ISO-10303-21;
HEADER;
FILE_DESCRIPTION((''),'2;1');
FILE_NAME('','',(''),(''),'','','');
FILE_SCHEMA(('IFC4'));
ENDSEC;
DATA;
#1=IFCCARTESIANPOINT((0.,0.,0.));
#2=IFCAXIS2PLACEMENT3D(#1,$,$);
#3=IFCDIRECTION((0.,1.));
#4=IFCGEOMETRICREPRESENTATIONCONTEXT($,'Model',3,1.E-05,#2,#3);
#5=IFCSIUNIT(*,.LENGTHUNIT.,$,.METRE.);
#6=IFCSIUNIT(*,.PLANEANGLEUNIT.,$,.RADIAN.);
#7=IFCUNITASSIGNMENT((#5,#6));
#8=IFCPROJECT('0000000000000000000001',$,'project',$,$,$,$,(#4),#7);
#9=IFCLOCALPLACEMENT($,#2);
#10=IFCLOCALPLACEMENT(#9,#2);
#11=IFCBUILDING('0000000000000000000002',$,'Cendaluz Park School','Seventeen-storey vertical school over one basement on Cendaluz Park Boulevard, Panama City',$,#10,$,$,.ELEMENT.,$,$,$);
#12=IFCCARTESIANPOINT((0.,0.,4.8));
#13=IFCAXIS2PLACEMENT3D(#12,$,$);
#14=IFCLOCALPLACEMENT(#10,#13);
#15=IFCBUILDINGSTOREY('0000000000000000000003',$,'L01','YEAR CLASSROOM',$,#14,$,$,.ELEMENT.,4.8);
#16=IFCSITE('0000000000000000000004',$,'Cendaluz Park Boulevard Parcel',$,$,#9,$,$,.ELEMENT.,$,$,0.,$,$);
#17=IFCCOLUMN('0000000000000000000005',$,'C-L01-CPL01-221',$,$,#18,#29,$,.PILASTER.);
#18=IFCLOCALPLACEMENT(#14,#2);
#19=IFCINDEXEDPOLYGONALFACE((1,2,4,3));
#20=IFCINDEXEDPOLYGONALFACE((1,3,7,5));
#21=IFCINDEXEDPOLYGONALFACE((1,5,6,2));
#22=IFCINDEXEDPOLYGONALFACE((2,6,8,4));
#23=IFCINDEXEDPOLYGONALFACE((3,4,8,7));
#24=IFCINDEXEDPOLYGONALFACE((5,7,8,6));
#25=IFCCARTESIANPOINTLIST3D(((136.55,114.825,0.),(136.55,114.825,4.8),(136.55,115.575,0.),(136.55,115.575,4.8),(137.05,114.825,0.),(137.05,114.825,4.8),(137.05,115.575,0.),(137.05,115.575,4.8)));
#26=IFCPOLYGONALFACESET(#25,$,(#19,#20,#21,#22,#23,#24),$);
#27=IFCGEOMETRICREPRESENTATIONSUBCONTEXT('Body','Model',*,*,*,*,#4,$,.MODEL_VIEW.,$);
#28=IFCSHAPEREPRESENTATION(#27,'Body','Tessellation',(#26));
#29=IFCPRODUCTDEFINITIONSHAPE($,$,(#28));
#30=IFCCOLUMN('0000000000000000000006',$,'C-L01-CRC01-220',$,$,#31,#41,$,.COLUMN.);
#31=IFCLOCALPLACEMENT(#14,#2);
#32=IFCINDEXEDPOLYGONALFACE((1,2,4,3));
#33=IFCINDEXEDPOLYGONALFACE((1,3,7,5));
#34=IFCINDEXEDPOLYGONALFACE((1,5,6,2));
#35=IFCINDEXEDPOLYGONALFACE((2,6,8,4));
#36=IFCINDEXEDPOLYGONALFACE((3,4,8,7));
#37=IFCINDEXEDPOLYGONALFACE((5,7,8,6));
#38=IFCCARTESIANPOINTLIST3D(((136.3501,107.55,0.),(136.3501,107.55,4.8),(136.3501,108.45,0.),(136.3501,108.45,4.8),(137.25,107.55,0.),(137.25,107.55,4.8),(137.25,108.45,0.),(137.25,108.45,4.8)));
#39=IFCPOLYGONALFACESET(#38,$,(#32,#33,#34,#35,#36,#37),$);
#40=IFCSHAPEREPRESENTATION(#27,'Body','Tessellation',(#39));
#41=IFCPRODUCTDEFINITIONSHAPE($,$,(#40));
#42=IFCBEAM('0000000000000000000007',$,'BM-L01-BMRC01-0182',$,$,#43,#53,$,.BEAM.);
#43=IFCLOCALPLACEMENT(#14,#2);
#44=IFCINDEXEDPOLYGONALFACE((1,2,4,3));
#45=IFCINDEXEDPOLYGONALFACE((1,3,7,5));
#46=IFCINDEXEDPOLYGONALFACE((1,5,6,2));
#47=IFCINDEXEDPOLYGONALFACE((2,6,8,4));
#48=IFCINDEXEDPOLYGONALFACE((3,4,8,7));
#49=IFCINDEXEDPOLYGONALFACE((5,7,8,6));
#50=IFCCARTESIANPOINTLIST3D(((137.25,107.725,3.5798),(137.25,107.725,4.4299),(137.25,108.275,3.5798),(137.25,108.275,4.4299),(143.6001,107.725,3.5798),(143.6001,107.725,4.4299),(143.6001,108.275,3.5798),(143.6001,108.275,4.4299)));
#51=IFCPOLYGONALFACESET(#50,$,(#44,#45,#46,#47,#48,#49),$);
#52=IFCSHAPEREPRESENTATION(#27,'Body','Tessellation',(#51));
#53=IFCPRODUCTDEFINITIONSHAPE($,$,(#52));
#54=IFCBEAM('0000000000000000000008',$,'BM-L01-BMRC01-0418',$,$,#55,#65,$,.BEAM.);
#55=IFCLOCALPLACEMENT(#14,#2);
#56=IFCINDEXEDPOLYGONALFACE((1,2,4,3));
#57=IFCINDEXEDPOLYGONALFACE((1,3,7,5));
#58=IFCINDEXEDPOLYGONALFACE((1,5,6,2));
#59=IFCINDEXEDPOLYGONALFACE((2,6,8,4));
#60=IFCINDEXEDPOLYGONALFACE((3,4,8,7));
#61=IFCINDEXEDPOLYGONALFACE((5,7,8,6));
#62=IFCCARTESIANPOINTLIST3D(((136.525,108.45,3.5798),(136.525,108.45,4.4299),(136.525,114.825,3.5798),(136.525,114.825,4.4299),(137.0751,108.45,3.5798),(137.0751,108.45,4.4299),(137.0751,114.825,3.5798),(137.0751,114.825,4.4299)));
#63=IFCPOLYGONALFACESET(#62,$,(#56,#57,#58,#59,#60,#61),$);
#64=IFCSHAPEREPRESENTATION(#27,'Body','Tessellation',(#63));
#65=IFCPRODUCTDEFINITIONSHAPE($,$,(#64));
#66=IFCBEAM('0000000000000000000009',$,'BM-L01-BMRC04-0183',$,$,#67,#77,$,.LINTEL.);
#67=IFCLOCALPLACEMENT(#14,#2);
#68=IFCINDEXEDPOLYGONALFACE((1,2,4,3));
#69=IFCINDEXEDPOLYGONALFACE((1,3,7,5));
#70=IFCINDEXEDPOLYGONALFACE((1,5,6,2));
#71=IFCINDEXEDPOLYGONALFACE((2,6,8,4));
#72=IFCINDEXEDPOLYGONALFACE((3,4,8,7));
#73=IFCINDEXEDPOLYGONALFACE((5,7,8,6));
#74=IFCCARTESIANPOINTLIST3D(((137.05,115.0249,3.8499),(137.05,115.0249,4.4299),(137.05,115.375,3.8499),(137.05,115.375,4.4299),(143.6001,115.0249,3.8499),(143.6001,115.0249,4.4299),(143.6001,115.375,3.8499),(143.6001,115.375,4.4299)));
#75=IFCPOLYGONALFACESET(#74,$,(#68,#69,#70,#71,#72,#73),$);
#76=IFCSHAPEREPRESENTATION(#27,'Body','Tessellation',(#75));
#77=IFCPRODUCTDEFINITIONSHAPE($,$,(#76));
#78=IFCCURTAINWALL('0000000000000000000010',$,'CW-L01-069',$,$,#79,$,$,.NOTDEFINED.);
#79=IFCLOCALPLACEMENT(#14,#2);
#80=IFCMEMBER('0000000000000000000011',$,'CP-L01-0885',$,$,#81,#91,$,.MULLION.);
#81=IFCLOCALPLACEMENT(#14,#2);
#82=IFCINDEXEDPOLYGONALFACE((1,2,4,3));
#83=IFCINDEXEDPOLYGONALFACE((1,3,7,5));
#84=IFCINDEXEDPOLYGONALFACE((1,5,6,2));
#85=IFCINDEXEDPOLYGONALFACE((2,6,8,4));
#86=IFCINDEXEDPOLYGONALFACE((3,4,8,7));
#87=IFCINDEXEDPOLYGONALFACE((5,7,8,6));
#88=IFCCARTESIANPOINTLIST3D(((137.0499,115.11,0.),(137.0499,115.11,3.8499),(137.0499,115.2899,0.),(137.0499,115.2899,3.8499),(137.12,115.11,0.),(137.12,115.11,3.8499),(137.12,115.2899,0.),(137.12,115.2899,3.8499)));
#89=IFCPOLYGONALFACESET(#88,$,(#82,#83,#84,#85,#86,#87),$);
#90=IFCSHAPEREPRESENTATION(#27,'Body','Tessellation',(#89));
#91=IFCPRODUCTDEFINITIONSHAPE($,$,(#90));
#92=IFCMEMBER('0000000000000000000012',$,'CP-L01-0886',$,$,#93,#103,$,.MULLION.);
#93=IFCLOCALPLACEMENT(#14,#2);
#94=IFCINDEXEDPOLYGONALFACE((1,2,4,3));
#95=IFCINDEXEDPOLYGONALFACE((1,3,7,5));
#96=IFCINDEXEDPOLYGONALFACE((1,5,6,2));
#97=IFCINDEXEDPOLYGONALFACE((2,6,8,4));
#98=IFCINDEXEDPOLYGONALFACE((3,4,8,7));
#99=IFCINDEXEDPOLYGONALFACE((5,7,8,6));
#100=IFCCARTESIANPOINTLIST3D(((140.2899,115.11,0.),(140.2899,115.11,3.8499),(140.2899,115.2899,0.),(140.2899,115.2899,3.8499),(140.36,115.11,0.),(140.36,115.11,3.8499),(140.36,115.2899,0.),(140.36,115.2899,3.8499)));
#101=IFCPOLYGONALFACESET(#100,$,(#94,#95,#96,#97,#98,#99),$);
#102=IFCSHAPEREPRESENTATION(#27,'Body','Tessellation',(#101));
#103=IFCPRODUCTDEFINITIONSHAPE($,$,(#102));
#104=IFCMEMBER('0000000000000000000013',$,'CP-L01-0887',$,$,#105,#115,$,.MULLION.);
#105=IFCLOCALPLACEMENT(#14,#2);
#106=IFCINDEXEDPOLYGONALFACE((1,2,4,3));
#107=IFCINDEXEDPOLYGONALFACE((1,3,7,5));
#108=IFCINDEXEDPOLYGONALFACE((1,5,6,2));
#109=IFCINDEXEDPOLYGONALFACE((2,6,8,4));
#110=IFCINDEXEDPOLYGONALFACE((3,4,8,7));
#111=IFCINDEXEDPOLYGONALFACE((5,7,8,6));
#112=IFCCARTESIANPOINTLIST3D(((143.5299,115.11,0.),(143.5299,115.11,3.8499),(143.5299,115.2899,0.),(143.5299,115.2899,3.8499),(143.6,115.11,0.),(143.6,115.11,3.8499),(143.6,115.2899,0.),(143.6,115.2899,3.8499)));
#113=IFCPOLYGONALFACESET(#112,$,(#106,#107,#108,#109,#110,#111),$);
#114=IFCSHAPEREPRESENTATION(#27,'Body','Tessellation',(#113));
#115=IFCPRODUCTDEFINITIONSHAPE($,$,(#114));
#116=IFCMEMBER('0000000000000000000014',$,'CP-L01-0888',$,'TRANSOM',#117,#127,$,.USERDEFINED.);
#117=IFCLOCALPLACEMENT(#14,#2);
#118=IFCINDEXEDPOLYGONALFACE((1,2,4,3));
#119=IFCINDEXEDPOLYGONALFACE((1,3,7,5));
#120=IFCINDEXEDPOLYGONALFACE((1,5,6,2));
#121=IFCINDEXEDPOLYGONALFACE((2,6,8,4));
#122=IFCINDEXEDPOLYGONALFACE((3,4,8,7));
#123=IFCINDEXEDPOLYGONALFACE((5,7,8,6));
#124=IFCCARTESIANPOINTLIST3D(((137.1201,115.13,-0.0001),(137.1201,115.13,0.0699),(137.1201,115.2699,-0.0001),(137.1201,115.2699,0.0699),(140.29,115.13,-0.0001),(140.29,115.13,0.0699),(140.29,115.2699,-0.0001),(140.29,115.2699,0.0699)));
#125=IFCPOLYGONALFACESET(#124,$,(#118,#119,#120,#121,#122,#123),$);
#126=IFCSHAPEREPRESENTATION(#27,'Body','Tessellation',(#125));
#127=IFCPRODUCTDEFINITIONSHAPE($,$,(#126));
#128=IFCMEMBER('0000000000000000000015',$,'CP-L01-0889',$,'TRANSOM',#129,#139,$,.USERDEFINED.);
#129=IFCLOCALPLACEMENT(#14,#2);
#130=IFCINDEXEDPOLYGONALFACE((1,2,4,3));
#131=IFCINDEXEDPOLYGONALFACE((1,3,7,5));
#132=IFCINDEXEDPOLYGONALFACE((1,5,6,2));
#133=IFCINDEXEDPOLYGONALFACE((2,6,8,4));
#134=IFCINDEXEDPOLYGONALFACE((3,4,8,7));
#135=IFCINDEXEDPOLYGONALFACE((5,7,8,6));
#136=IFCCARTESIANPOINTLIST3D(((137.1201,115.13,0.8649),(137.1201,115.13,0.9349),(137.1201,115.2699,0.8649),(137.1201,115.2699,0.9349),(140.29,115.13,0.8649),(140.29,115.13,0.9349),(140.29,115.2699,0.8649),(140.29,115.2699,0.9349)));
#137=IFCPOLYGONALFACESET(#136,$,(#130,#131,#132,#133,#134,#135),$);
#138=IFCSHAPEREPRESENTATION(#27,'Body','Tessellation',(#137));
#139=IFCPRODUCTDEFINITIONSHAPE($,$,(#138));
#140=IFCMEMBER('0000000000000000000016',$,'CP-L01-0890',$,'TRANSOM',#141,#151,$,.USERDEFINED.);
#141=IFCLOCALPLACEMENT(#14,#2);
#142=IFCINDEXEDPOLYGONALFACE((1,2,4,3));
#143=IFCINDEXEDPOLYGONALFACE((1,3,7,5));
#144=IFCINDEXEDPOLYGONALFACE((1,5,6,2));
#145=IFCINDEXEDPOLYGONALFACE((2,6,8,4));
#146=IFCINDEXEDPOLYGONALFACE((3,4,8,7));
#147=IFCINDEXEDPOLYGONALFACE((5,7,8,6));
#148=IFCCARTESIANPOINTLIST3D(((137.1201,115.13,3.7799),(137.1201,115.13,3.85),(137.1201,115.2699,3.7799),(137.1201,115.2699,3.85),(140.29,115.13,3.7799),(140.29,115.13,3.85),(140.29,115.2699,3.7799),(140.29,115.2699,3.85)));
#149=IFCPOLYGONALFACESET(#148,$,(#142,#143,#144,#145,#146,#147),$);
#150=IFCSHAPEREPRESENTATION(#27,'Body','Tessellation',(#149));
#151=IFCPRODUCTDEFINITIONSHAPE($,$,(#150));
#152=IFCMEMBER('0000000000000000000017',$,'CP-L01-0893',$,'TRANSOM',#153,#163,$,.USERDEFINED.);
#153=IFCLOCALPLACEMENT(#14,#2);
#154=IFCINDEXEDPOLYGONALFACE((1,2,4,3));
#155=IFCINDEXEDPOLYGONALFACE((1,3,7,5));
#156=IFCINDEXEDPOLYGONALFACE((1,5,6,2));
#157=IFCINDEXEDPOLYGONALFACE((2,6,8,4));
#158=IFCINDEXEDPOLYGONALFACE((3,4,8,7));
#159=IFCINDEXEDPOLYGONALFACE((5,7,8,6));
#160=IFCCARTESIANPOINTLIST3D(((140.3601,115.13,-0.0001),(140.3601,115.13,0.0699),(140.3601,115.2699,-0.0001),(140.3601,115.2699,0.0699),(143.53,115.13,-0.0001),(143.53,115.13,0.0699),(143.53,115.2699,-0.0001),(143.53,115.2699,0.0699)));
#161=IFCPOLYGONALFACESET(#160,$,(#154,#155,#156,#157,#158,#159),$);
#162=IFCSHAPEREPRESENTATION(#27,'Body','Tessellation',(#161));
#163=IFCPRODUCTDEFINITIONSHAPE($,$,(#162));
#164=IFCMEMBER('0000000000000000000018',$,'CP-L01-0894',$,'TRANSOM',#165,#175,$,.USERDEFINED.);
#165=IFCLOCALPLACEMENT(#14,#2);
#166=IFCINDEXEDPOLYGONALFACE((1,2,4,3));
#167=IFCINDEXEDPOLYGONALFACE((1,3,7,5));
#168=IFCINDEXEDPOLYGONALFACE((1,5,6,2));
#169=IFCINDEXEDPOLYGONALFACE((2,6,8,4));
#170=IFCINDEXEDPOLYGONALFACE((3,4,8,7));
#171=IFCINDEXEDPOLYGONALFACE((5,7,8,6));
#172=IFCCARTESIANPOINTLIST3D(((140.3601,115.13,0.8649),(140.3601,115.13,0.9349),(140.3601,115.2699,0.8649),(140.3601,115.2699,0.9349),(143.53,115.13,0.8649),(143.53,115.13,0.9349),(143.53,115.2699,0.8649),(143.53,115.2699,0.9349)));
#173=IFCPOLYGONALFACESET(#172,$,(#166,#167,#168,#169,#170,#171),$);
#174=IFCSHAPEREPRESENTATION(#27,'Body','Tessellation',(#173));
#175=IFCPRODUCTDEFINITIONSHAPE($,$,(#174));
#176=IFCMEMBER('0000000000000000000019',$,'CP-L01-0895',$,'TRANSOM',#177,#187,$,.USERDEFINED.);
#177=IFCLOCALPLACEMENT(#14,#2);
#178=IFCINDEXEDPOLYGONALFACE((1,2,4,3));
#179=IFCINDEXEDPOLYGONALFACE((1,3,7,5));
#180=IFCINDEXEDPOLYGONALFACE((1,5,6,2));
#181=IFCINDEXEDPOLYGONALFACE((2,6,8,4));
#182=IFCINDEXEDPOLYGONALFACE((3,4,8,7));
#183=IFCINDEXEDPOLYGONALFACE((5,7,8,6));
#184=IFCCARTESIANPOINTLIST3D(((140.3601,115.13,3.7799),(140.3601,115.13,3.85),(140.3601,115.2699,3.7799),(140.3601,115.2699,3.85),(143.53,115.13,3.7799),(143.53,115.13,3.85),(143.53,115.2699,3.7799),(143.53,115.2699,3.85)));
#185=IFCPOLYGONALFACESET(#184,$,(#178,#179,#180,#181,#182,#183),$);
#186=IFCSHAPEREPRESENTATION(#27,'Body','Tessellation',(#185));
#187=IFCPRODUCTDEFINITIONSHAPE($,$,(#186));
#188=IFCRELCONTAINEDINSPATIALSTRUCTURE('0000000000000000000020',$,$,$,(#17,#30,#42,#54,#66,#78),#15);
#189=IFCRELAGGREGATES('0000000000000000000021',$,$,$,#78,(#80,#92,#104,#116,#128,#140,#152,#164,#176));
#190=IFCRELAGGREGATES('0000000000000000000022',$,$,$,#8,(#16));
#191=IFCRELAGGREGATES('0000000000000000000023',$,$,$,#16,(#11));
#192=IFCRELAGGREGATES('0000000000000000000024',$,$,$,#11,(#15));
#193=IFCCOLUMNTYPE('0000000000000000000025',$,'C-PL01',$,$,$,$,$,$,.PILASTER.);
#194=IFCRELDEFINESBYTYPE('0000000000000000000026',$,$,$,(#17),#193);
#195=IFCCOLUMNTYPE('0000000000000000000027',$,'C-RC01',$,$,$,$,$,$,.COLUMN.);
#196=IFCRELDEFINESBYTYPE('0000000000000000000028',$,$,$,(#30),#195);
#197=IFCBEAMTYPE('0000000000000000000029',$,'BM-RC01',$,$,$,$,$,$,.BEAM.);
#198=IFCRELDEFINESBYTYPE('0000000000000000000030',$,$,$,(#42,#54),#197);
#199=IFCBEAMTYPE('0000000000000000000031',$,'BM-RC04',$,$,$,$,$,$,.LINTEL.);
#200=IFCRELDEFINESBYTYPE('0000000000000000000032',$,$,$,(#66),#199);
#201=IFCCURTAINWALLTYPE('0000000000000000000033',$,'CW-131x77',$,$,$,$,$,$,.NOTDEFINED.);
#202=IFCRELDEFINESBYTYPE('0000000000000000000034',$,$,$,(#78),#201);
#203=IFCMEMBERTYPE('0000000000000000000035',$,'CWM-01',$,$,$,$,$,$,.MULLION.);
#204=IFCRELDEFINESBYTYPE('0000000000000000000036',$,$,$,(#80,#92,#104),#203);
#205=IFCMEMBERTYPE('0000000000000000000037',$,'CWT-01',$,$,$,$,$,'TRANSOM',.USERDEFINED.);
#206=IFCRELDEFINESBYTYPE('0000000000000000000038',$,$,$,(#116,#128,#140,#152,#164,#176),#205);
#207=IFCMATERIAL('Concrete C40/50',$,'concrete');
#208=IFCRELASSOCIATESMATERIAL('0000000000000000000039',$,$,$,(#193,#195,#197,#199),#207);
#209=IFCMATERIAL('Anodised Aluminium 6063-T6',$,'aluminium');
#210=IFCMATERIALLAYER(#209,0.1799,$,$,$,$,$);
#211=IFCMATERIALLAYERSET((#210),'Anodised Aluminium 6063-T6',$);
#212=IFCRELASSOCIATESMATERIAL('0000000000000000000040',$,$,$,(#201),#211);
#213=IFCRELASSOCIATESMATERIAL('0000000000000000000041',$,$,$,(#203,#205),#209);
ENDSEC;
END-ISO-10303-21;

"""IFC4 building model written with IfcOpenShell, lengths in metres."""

from ifc_helpers import new_model, si_unit, direction, frame, origin, origin_2d, place, context, subcontext, project, spatial, rectangle, extrude, material, layer, layer_set, material_profile, profile_set, type_object, element, aggregate, save


model = new_model("IFC4")

# Units and contexts
model_context = context("Model", 3, precision=1e-05, world=origin(), true_north=direction((0.0, 1.0)))
body_context = subcontext(model_context, "Body", "Model", "MODEL_VIEW")
ifc_project = project(units=[si_unit("LENGTHUNIT", "METRE"), si_unit("PLANEANGLEUNIT", "RADIAN")], contexts=[model_context])

# Site, building, storey
site_placement = place(None, origin())
site = spatial("IfcSite", under=ifc_project, at=site_placement, Name="Cendaluz Park Boulevard Parcel", CompositionType="ELEMENT", RefElevation=0.0)
building_placement = place(site_placement, origin())
building = spatial("IfcBuilding", under=site, at=building_placement, Name="Cendaluz Park School", Description="Seventeen-storey vertical school over one basement on Cendaluz Park Boulevard, Panama City", CompositionType="ELEMENT")
storey_placement = place(building_placement, frame((0.0, 0.0, 4.8)))
storey = spatial("IfcBuildingStorey", under=building, at=storey_placement, Name="L01", Description="YEAR CLASSROOM", CompositionType="ELEMENT", Elevation=4.8)

# Columns
ifc_material_1 = material(Name="Concrete C40/50", Category="concrete")
ifc_material_profile_1 = material_profile(ifc_material_1, rectangle(XDim=0.5, YDim=0.75, at=origin_2d()), Name="RC 500x750", Category="concrete")
ifc_profile_set_1 = profile_set([ifc_material_profile_1], Name="Concrete C40/50")
column_type_1 = type_object("IfcColumnType", Name="C-PL01", PredefinedType="PILASTER", material=ifc_profile_set_1)
column_1_placement = place(storey_placement, frame((136.8, 115.2, 0.0), z_axis=(0.0, 0.0, 1.0), x_axis=(1.0, 0.0, 0.0)))
element("IfcColumn", 1, at=column_1_placement, inside=storey, type_object=column_type_1, Name="C-L01-CPL01-221", PredefinedType="PILASTER", context=body_context, shape_type="SweptSolid", body=[
    extrude(rectangle(XDim=0.5, YDim=0.75, at=origin_2d()), origin(), (0.0, 0.0, 1.0), 4.8),
])
ifc_material_profile_2 = material_profile(ifc_material_1, rectangle(XDim=0.8999, YDim=0.8999, at=origin_2d()), Name="RC 900x900", Category="concrete")
ifc_profile_set_2 = profile_set([ifc_material_profile_2], Name="Concrete C40/50")
column_type_2 = type_object("IfcColumnType", Name="C-RC01", PredefinedType="COLUMN", material=ifc_profile_set_2)
column_2_placement = place(storey_placement, frame((136.8, 108.0, 0.0), z_axis=(0.0, 0.0, 1.0), x_axis=(1.0, 0.0, 0.0)))
element("IfcColumn", 2, at=column_2_placement, inside=storey, type_object=column_type_2, Name="C-L01-CRC01-220", PredefinedType="COLUMN", context=body_context, shape_type="SweptSolid", body=[
    extrude(rectangle(XDim=0.8999, YDim=0.8999, at=origin_2d()), origin(), (0.0, 0.0, 1.0), 4.8),
])

# Beams
ifc_material_profile_3 = material_profile(ifc_material_1, rectangle(XDim=0.55, YDim=0.8501, at=origin_2d()), Name="RC 550x850", Category="concrete")
ifc_profile_set_3 = profile_set([ifc_material_profile_3], Name="Concrete C40/50")
beam_type_1 = type_object("IfcBeamType", Name="BM-RC01", PredefinedType="BEAM", material=ifc_profile_set_3)
beam_1_placement = place(storey_placement, frame((137.25, 108.0, 4.0049), z_axis=(1.0, 0.0, 0.0), x_axis=(0.0, 1.0, 0.0)))
element("IfcBeam", 3, at=beam_1_placement, inside=storey, type_object=beam_type_1, Name="BM-L01-BMRC01-0182", PredefinedType="BEAM", context=body_context, shape_type="SweptSolid", body=[
    extrude(rectangle(XDim=0.55, YDim=0.8501, at=origin_2d()), origin(), (0.0, 0.0, 1.0), 6.3501),
])
beam_2_placement = place(storey_placement, frame((136.8, 108.45, 4.0049), z_axis=(0.0, 1.0, 0.0), x_axis=(-1.0, 0.0, 0.0)))
element("IfcBeam", 4, at=beam_2_placement, inside=storey, type_object=beam_type_1, Name="BM-L01-BMRC01-0418", PredefinedType="BEAM", context=body_context, shape_type="SweptSolid", body=[
    extrude(rectangle(XDim=0.55, YDim=0.8501, at=origin_2d()), origin(), (0.0, 0.0, 1.0), 6.375),
])
ifc_material_profile_4 = material_profile(ifc_material_1, rectangle(XDim=0.3501, YDim=0.5801, at=origin_2d()), Name="RC 350x580", Category="concrete")
ifc_profile_set_4 = profile_set([ifc_material_profile_4], Name="Concrete C40/50")
beam_type_2 = type_object("IfcBeamType", Name="BM-RC04", PredefinedType="LINTEL", material=ifc_profile_set_4)
beam_3_placement = place(storey_placement, frame((137.05, 115.2, 4.1399), z_axis=(1.0, 0.0, 0.0), x_axis=(0.0, 1.0, 0.0)))
element("IfcBeam", 5, at=beam_3_placement, inside=storey, type_object=beam_type_2, Name="BM-L01-BMRC04-0183", PredefinedType="LINTEL", context=body_context, shape_type="SweptSolid", body=[
    extrude(rectangle(XDim=0.3501, YDim=0.5801, at=origin_2d()), origin(), (0.0, 0.0, 1.0), 6.55),
])

# Curtain wall, members
ifc_material_2 = material(Name="Anodised Aluminium 6063-T6", Category="aluminium")
ifc_layer_1 = layer(ifc_material_2, 0.1799)
ifc_layer_set_1 = layer_set([ifc_layer_1], Name="Anodised Aluminium 6063-T6")
curtain_wall_type = type_object("IfcCurtainWallType", Name="CW-131x77", PredefinedType="NOTDEFINED", material=ifc_layer_set_1)
curtain_wall_placement = place(storey_placement, origin())
curtain_wall = element("IfcCurtainWall", 6, at=curtain_wall_placement, inside=storey, type_object=curtain_wall_type, Name="CW-L01-069", PredefinedType="NOTDEFINED")
ifc_material_profile_5 = material_profile(ifc_material_2, rectangle(XDim=0.1799, YDim=0.0701, at=origin_2d()), Name="CWM 180x70", Category="aluminium")
ifc_profile_set_5 = profile_set([ifc_material_profile_5], Name="Anodised Aluminium 6063-T6")
member_type_1 = type_object("IfcMemberType", Name="CWM-01", PredefinedType="MULLION", material=ifc_profile_set_5)
member_1_placement = place(storey_placement, frame((137.085, 115.2, 0.0), z_axis=(0.0, 0.0, 1.0), x_axis=(0.0, 1.0, 0.0)))
member_1 = element("IfcMember", 7, at=member_1_placement, type_object=member_type_1, Name="CP-L01-0885", PredefinedType="MULLION", context=body_context, shape_type="SweptSolid", body=[
    extrude(rectangle(XDim=0.1799, YDim=0.0701, at=origin_2d()), origin(), (0.0, 0.0, 1.0), 3.8499),
])
member_2_placement = place(storey_placement, frame((140.325, 115.2, 0.0), z_axis=(0.0, 0.0, 1.0), x_axis=(0.0, 1.0, 0.0)))
member_2 = element("IfcMember", 8, at=member_2_placement, type_object=member_type_1, Name="CP-L01-0886", PredefinedType="MULLION", context=body_context, shape_type="SweptSolid", body=[
    extrude(rectangle(XDim=0.1799, YDim=0.0701, at=origin_2d()), origin(), (0.0, 0.0, 1.0), 3.8499),
])
member_3_placement = place(storey_placement, frame((143.5649, 115.2, 0.0), z_axis=(0.0, 0.0, 1.0), x_axis=(0.0, 1.0, 0.0)))
member_3 = element("IfcMember", 9, at=member_3_placement, type_object=member_type_1, Name="CP-L01-0887", PredefinedType="MULLION", context=body_context, shape_type="SweptSolid", body=[
    extrude(rectangle(XDim=0.1799, YDim=0.0701, at=origin_2d()), origin(), (0.0, 0.0, 1.0), 3.8499),
])
ifc_material_profile_6 = material_profile(ifc_material_2, rectangle(XDim=0.1399, YDim=0.0701, at=origin_2d()), Name="CWT 140x70", Category="aluminium")
ifc_profile_set_6 = profile_set([ifc_material_profile_6], Name="Anodised Aluminium 6063-T6")
member_type_2 = type_object("IfcMemberType", Name="CWT-01", ElementType="TRANSOM", PredefinedType="USERDEFINED", material=ifc_profile_set_6)
member_4_placement = place(storey_placement, frame((137.1201, 115.2, 0.0349), z_axis=(1.0, 0.0, 0.0), x_axis=(0.0, 1.0, 0.0)))
member_4 = element("IfcMember", 10, at=member_4_placement, type_object=member_type_2, Name="CP-L01-0888", ObjectType="TRANSOM", PredefinedType="USERDEFINED", context=body_context, shape_type="SweptSolid", body=[
    extrude(rectangle(XDim=0.1399, YDim=0.0701, at=origin_2d()), origin(), (0.0, 0.0, 1.0), 3.1699),
])
member_5_placement = place(storey_placement, frame((137.1201, 115.2, 0.8999), z_axis=(1.0, 0.0, 0.0), x_axis=(0.0, 1.0, 0.0)))
member_5 = element("IfcMember", 11, at=member_5_placement, type_object=member_type_2, Name="CP-L01-0889", ObjectType="TRANSOM", PredefinedType="USERDEFINED", context=body_context, shape_type="SweptSolid", body=[
    extrude(rectangle(XDim=0.1399, YDim=0.0701, at=origin_2d()), origin(), (0.0, 0.0, 1.0), 3.1699),
])
member_6_placement = place(storey_placement, frame((137.1201, 115.2, 3.8149), z_axis=(1.0, 0.0, 0.0), x_axis=(0.0, 1.0, 0.0)))
member_6 = element("IfcMember", 12, at=member_6_placement, type_object=member_type_2, Name="CP-L01-0890", ObjectType="TRANSOM", PredefinedType="USERDEFINED", context=body_context, shape_type="SweptSolid", body=[
    extrude(rectangle(XDim=0.1399, YDim=0.0701, at=origin_2d()), origin(), (0.0, 0.0, 1.0), 3.1699),
])
member_7_placement = place(storey_placement, frame((140.3601, 115.2, 0.0349), z_axis=(1.0, 0.0, 0.0), x_axis=(0.0, 1.0, 0.0)))
member_7 = element("IfcMember", 13, at=member_7_placement, type_object=member_type_2, Name="CP-L01-0893", ObjectType="TRANSOM", PredefinedType="USERDEFINED", context=body_context, shape_type="SweptSolid", body=[
    extrude(rectangle(XDim=0.1399, YDim=0.0701, at=origin_2d()), origin(), (0.0, 0.0, 1.0), 3.1699),
])
member_8_placement = place(storey_placement, frame((140.3601, 115.2, 0.8999), z_axis=(1.0, 0.0, 0.0), x_axis=(0.0, 1.0, 0.0)))
member_8 = element("IfcMember", 14, at=member_8_placement, type_object=member_type_2, Name="CP-L01-0894", ObjectType="TRANSOM", PredefinedType="USERDEFINED", context=body_context, shape_type="SweptSolid", body=[
    extrude(rectangle(XDim=0.1399, YDim=0.0701, at=origin_2d()), origin(), (0.0, 0.0, 1.0), 3.1699),
])
member_9_placement = place(storey_placement, frame((140.3601, 115.2, 3.8149), z_axis=(1.0, 0.0, 0.0), x_axis=(0.0, 1.0, 0.0)))
member_9 = element("IfcMember", 15, at=member_9_placement, type_object=member_type_2, Name="CP-L01-0895", ObjectType="TRANSOM", PredefinedType="USERDEFINED", context=body_context, shape_type="SweptSolid", body=[
    extrude(rectangle(XDim=0.1399, YDim=0.0701, at=origin_2d()), origin(), (0.0, 0.0, 1.0), 3.1699),
])
aggregate(curtain_wall, [member_1, member_2, member_3, member_4, member_5, member_6, member_7, member_8, member_9])

save(model, "model.ifc")
